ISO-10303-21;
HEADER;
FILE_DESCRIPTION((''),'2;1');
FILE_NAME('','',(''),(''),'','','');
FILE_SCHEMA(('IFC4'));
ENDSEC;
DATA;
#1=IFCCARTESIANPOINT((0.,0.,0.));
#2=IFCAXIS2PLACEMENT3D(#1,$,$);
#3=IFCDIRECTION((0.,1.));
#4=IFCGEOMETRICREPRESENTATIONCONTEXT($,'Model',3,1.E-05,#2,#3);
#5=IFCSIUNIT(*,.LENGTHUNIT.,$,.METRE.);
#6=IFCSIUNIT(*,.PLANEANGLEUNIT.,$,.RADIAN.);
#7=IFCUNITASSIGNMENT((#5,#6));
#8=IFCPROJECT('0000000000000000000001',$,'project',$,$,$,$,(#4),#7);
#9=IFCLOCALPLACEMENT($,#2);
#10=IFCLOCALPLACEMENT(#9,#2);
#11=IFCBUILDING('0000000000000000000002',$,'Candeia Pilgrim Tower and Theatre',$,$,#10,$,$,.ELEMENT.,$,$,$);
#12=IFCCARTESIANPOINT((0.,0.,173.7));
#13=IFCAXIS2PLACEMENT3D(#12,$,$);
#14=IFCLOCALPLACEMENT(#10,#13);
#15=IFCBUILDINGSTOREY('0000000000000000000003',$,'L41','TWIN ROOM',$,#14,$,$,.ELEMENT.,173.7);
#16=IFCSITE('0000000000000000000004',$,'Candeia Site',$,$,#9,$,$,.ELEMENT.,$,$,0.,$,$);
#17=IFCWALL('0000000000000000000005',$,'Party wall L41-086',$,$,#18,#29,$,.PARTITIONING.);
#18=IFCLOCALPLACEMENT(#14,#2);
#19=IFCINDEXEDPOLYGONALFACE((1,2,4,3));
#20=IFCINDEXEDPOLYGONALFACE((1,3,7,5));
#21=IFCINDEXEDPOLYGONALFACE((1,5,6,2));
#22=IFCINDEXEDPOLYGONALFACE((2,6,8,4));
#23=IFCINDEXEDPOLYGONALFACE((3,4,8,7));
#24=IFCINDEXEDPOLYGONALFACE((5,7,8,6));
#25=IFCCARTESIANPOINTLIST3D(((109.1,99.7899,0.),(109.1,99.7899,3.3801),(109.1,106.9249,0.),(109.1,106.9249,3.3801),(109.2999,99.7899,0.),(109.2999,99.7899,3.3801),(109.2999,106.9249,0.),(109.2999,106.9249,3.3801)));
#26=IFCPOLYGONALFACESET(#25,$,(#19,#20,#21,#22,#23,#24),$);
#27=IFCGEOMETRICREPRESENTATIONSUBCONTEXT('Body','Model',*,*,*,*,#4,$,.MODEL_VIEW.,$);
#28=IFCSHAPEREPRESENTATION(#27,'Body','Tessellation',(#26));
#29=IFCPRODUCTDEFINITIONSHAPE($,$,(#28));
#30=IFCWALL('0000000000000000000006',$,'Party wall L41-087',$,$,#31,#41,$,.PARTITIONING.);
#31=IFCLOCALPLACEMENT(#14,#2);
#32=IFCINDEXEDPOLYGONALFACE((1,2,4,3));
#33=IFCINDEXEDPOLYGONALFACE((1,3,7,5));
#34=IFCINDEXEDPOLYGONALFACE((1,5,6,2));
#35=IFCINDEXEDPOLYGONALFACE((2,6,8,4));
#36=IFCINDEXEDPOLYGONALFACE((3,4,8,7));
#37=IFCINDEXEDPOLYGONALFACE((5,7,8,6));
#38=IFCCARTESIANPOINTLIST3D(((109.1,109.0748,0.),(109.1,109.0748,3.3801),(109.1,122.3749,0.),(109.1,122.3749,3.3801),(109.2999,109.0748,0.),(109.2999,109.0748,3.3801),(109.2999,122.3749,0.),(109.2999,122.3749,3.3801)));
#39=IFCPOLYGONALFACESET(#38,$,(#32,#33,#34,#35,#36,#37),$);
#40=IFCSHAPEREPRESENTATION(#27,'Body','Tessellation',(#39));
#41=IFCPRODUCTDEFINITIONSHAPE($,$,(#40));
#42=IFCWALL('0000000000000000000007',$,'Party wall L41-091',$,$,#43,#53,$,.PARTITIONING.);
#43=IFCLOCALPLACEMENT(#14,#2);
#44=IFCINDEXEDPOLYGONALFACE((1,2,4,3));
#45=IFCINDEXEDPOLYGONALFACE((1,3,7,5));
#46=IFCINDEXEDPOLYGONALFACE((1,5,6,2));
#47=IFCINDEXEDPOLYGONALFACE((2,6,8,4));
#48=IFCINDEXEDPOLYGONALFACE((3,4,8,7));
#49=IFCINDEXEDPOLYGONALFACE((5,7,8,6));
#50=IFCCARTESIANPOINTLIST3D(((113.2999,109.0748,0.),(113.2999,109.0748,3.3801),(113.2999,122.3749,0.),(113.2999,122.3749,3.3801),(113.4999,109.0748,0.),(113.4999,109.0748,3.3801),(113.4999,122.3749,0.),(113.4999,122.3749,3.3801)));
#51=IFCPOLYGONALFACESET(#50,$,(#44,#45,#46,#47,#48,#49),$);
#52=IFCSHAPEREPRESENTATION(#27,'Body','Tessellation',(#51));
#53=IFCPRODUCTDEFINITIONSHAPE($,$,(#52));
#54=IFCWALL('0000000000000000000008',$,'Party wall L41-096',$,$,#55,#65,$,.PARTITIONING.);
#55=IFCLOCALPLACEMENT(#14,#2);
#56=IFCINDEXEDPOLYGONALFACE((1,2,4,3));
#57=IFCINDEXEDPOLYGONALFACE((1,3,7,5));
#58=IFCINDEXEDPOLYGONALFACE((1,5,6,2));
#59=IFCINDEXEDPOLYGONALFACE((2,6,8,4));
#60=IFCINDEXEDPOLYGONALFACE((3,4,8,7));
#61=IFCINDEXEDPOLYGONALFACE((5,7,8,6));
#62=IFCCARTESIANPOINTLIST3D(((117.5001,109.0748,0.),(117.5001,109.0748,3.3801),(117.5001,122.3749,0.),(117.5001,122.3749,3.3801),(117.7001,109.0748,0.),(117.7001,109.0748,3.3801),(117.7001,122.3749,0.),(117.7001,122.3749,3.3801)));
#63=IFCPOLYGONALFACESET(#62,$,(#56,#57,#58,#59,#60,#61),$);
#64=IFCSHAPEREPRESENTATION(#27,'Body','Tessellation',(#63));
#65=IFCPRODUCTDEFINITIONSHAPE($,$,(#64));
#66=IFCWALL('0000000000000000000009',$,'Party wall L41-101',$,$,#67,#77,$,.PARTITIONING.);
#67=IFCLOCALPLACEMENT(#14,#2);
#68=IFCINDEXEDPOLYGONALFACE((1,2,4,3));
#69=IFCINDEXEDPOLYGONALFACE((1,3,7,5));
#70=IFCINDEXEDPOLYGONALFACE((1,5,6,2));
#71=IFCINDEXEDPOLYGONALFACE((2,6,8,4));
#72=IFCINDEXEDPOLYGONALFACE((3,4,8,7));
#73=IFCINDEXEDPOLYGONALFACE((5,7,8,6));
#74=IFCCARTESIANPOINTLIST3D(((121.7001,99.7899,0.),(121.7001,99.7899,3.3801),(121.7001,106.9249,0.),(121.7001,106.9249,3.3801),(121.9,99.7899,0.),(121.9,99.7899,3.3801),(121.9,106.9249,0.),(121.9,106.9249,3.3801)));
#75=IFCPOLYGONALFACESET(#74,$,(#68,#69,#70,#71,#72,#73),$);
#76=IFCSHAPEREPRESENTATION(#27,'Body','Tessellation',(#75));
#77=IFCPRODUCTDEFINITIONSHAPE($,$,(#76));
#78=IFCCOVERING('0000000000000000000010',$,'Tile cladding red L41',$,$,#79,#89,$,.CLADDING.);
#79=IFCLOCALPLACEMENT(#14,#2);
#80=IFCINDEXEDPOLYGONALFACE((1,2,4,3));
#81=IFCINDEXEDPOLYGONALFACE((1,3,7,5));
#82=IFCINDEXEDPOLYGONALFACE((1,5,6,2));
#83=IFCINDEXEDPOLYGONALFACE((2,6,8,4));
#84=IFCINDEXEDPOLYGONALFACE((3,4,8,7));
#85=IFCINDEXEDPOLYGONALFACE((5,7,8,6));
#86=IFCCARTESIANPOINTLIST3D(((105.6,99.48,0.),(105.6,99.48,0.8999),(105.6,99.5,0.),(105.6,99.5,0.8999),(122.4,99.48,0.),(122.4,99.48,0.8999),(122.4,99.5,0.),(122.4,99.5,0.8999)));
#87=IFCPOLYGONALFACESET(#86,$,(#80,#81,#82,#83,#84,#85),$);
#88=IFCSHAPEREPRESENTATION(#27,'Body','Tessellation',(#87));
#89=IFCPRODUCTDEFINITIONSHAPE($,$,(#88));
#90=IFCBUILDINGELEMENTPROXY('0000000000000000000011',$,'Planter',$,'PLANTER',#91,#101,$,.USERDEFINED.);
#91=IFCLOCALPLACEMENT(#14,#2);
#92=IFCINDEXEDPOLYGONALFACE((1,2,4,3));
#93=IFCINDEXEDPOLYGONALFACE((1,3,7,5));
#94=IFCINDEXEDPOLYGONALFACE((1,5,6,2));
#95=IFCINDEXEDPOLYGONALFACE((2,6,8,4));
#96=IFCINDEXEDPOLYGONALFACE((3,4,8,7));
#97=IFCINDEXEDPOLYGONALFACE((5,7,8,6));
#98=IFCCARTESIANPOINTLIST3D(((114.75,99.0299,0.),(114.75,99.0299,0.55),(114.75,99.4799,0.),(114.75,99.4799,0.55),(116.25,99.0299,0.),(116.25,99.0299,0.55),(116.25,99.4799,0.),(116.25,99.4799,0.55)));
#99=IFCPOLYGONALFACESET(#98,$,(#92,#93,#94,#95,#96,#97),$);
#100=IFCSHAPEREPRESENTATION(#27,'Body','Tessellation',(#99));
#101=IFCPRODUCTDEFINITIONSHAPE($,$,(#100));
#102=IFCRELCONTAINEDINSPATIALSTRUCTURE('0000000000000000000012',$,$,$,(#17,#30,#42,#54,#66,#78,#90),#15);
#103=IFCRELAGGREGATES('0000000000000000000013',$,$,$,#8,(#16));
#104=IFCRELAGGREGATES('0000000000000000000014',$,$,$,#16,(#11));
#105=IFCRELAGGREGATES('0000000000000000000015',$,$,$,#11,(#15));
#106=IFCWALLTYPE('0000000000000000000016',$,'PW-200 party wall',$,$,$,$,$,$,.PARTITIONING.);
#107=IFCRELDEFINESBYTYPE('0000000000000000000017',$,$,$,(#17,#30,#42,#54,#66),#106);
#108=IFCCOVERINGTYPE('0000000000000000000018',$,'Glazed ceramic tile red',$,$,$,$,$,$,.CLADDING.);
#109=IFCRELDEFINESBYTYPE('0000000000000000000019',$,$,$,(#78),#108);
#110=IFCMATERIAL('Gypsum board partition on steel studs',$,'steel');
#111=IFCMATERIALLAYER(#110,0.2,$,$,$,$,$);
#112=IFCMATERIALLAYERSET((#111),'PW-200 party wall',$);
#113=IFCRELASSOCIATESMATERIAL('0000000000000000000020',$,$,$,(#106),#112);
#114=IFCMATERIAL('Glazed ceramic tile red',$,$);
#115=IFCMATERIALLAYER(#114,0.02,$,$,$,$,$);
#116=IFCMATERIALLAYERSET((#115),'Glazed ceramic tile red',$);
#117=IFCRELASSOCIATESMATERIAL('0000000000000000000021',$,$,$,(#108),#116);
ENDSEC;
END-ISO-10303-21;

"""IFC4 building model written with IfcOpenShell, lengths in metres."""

from ifc_helpers import new_model, si_unit, direction, frame, frame_2d, origin, origin_2d, place, context, subcontext, project, spatial, rectangle, extrude, material, layer, layer_set, type_object, element, save


model = new_model("IFC4")

# Units and contexts
model_context = context("Model", 3, precision=1e-05, world=origin(), true_north=direction((0.0, 1.0)))
body_context = subcontext(model_context, "Body", "Model", "MODEL_VIEW")
ifc_project = project(units=[si_unit("LENGTHUNIT", "METRE"), si_unit("PLANEANGLEUNIT", "RADIAN")], contexts=[model_context])

# Site, building, storey
site_placement = place(None, origin())
site = spatial("IfcSite", under=ifc_project, at=site_placement, Name="Candeia Site", CompositionType="ELEMENT", RefElevation=0.0)
building_placement = place(site_placement, origin())
building = spatial("IfcBuilding", under=site, at=building_placement, Name="Candeia Pilgrim Tower and Theatre", CompositionType="ELEMENT")
storey_placement = place(building_placement, frame((0.0, 0.0, 173.7)))
storey = spatial("IfcBuildingStorey", under=building, at=storey_placement, Name="L41", Description="TWIN ROOM", CompositionType="ELEMENT", Elevation=173.7)

# Shared definitions
ifc_material_1 = material(Name="Gypsum board partition on steel studs", Category="steel")

# Walls
ifc_layer_1 = layer(ifc_material_1, 0.2)
ifc_layer_set_1 = layer_set([ifc_layer_1], Name="PW-200 party wall")
wall_type_1 = type_object("IfcWallType", Name="PW-200 party wall", PredefinedType="PARTITIONING", material=ifc_layer_set_1)
wall_1_placement = place(storey_placement, frame((109.2, 99.79, 0.0), z_axis=(0.0, 0.0, 1.0), x_axis=(0.0, 1.0, 0.0)))
element("IfcWall", 1, at=wall_1_placement, inside=storey, type_object=wall_type_1, Name="Party wall L41-086", PredefinedType="PARTITIONING", context=body_context, shape_type="SweptSolid", body=[
    extrude(rectangle(XDim=7.135, YDim=0.2, at=frame_2d((3.5674, 0.0))), origin(), (0.0, 0.0, 1.0), 3.3801),
])
for number, where, z_axis, x_axis, name in (
    (2, (109.2, 109.075, 0.0), (0.0, 0.0, 1.0), (0.0, 1.0, 0.0), "Party wall L41-087"),
    (3, (113.3999, 109.075, 0.0), (0.0, 0.0, 1.0), (0.0, 1.0, 0.0), "Party wall L41-091"),
    (4, (117.6001, 109.075, 0.0), (0.0, 0.0, 1.0), (0.0, 1.0, 0.0), "Party wall L41-096"),
):
    element("IfcWall", number, at=place(storey_placement, frame(where, z_axis=z_axis, x_axis=x_axis)), inside=storey, type_object=wall_type_1, Name=name, PredefinedType="PARTITIONING", context=body_context, shape_type="SweptSolid", body=[
        extrude(rectangle(XDim=13.3, YDim=0.2, at=frame_2d((6.6499, 0.0))), origin(), (0.0, 0.0, 1.0), 3.3801),
    ])
wall_2_placement = place(storey_placement, frame((121.8, 99.79, 0.0), z_axis=(0.0, 0.0, 1.0), x_axis=(0.0, 1.0, 0.0)))
element("IfcWall", 5, at=wall_2_placement, inside=storey, type_object=wall_type_1, Name="Party wall L41-101", PredefinedType="PARTITIONING", context=body_context, shape_type="SweptSolid", body=[
    extrude(rectangle(XDim=7.135, YDim=0.2, at=frame_2d((3.5674, 0.0))), origin(), (0.0, 0.0, 1.0), 3.3801),
])

# Covering
ifc_material_2 = material(Name="Glazed ceramic tile red")
ifc_layer_2 = layer(ifc_material_2, 0.02)
ifc_layer_set_2 = layer_set([ifc_layer_2], Name="Glazed ceramic tile red")
covering_type = type_object("IfcCoveringType", Name="Glazed ceramic tile red", PredefinedType="CLADDING", material=ifc_layer_set_2)
covering_placement = place(storey_placement, frame((114.0, 99.49, 0.0), z_axis=(0.0, 0.0, 1.0), x_axis=(1.0, 0.0, 0.0)))
element("IfcCovering", 6, at=covering_placement, inside=storey, type_object=covering_type, Name="Tile cladding red L41", PredefinedType="CLADDING", context=body_context, shape_type="SweptSolid", body=[
    extrude(rectangle(XDim=16.8, YDim=0.02, at=origin_2d()), origin(), (0.0, 0.0, 1.0), 0.8999),
])

# Building element proxy
proxy_placement = place(storey_placement, frame((115.5, 99.2549, 0.0), z_axis=(0.0, 0.0, 1.0), x_axis=(1.0, 0.0, 0.0)))
element("IfcBuildingElementProxy", 7, at=proxy_placement, inside=storey, Name="Planter", ObjectType="PLANTER", PredefinedType="USERDEFINED", context=body_context, shape_type="SweptSolid", body=[
    extrude(rectangle(XDim=1.5, YDim=0.45, at=origin_2d()), origin(), (0.0, 0.0, 1.0), 0.55),
])

save(model, "model.ifc")
